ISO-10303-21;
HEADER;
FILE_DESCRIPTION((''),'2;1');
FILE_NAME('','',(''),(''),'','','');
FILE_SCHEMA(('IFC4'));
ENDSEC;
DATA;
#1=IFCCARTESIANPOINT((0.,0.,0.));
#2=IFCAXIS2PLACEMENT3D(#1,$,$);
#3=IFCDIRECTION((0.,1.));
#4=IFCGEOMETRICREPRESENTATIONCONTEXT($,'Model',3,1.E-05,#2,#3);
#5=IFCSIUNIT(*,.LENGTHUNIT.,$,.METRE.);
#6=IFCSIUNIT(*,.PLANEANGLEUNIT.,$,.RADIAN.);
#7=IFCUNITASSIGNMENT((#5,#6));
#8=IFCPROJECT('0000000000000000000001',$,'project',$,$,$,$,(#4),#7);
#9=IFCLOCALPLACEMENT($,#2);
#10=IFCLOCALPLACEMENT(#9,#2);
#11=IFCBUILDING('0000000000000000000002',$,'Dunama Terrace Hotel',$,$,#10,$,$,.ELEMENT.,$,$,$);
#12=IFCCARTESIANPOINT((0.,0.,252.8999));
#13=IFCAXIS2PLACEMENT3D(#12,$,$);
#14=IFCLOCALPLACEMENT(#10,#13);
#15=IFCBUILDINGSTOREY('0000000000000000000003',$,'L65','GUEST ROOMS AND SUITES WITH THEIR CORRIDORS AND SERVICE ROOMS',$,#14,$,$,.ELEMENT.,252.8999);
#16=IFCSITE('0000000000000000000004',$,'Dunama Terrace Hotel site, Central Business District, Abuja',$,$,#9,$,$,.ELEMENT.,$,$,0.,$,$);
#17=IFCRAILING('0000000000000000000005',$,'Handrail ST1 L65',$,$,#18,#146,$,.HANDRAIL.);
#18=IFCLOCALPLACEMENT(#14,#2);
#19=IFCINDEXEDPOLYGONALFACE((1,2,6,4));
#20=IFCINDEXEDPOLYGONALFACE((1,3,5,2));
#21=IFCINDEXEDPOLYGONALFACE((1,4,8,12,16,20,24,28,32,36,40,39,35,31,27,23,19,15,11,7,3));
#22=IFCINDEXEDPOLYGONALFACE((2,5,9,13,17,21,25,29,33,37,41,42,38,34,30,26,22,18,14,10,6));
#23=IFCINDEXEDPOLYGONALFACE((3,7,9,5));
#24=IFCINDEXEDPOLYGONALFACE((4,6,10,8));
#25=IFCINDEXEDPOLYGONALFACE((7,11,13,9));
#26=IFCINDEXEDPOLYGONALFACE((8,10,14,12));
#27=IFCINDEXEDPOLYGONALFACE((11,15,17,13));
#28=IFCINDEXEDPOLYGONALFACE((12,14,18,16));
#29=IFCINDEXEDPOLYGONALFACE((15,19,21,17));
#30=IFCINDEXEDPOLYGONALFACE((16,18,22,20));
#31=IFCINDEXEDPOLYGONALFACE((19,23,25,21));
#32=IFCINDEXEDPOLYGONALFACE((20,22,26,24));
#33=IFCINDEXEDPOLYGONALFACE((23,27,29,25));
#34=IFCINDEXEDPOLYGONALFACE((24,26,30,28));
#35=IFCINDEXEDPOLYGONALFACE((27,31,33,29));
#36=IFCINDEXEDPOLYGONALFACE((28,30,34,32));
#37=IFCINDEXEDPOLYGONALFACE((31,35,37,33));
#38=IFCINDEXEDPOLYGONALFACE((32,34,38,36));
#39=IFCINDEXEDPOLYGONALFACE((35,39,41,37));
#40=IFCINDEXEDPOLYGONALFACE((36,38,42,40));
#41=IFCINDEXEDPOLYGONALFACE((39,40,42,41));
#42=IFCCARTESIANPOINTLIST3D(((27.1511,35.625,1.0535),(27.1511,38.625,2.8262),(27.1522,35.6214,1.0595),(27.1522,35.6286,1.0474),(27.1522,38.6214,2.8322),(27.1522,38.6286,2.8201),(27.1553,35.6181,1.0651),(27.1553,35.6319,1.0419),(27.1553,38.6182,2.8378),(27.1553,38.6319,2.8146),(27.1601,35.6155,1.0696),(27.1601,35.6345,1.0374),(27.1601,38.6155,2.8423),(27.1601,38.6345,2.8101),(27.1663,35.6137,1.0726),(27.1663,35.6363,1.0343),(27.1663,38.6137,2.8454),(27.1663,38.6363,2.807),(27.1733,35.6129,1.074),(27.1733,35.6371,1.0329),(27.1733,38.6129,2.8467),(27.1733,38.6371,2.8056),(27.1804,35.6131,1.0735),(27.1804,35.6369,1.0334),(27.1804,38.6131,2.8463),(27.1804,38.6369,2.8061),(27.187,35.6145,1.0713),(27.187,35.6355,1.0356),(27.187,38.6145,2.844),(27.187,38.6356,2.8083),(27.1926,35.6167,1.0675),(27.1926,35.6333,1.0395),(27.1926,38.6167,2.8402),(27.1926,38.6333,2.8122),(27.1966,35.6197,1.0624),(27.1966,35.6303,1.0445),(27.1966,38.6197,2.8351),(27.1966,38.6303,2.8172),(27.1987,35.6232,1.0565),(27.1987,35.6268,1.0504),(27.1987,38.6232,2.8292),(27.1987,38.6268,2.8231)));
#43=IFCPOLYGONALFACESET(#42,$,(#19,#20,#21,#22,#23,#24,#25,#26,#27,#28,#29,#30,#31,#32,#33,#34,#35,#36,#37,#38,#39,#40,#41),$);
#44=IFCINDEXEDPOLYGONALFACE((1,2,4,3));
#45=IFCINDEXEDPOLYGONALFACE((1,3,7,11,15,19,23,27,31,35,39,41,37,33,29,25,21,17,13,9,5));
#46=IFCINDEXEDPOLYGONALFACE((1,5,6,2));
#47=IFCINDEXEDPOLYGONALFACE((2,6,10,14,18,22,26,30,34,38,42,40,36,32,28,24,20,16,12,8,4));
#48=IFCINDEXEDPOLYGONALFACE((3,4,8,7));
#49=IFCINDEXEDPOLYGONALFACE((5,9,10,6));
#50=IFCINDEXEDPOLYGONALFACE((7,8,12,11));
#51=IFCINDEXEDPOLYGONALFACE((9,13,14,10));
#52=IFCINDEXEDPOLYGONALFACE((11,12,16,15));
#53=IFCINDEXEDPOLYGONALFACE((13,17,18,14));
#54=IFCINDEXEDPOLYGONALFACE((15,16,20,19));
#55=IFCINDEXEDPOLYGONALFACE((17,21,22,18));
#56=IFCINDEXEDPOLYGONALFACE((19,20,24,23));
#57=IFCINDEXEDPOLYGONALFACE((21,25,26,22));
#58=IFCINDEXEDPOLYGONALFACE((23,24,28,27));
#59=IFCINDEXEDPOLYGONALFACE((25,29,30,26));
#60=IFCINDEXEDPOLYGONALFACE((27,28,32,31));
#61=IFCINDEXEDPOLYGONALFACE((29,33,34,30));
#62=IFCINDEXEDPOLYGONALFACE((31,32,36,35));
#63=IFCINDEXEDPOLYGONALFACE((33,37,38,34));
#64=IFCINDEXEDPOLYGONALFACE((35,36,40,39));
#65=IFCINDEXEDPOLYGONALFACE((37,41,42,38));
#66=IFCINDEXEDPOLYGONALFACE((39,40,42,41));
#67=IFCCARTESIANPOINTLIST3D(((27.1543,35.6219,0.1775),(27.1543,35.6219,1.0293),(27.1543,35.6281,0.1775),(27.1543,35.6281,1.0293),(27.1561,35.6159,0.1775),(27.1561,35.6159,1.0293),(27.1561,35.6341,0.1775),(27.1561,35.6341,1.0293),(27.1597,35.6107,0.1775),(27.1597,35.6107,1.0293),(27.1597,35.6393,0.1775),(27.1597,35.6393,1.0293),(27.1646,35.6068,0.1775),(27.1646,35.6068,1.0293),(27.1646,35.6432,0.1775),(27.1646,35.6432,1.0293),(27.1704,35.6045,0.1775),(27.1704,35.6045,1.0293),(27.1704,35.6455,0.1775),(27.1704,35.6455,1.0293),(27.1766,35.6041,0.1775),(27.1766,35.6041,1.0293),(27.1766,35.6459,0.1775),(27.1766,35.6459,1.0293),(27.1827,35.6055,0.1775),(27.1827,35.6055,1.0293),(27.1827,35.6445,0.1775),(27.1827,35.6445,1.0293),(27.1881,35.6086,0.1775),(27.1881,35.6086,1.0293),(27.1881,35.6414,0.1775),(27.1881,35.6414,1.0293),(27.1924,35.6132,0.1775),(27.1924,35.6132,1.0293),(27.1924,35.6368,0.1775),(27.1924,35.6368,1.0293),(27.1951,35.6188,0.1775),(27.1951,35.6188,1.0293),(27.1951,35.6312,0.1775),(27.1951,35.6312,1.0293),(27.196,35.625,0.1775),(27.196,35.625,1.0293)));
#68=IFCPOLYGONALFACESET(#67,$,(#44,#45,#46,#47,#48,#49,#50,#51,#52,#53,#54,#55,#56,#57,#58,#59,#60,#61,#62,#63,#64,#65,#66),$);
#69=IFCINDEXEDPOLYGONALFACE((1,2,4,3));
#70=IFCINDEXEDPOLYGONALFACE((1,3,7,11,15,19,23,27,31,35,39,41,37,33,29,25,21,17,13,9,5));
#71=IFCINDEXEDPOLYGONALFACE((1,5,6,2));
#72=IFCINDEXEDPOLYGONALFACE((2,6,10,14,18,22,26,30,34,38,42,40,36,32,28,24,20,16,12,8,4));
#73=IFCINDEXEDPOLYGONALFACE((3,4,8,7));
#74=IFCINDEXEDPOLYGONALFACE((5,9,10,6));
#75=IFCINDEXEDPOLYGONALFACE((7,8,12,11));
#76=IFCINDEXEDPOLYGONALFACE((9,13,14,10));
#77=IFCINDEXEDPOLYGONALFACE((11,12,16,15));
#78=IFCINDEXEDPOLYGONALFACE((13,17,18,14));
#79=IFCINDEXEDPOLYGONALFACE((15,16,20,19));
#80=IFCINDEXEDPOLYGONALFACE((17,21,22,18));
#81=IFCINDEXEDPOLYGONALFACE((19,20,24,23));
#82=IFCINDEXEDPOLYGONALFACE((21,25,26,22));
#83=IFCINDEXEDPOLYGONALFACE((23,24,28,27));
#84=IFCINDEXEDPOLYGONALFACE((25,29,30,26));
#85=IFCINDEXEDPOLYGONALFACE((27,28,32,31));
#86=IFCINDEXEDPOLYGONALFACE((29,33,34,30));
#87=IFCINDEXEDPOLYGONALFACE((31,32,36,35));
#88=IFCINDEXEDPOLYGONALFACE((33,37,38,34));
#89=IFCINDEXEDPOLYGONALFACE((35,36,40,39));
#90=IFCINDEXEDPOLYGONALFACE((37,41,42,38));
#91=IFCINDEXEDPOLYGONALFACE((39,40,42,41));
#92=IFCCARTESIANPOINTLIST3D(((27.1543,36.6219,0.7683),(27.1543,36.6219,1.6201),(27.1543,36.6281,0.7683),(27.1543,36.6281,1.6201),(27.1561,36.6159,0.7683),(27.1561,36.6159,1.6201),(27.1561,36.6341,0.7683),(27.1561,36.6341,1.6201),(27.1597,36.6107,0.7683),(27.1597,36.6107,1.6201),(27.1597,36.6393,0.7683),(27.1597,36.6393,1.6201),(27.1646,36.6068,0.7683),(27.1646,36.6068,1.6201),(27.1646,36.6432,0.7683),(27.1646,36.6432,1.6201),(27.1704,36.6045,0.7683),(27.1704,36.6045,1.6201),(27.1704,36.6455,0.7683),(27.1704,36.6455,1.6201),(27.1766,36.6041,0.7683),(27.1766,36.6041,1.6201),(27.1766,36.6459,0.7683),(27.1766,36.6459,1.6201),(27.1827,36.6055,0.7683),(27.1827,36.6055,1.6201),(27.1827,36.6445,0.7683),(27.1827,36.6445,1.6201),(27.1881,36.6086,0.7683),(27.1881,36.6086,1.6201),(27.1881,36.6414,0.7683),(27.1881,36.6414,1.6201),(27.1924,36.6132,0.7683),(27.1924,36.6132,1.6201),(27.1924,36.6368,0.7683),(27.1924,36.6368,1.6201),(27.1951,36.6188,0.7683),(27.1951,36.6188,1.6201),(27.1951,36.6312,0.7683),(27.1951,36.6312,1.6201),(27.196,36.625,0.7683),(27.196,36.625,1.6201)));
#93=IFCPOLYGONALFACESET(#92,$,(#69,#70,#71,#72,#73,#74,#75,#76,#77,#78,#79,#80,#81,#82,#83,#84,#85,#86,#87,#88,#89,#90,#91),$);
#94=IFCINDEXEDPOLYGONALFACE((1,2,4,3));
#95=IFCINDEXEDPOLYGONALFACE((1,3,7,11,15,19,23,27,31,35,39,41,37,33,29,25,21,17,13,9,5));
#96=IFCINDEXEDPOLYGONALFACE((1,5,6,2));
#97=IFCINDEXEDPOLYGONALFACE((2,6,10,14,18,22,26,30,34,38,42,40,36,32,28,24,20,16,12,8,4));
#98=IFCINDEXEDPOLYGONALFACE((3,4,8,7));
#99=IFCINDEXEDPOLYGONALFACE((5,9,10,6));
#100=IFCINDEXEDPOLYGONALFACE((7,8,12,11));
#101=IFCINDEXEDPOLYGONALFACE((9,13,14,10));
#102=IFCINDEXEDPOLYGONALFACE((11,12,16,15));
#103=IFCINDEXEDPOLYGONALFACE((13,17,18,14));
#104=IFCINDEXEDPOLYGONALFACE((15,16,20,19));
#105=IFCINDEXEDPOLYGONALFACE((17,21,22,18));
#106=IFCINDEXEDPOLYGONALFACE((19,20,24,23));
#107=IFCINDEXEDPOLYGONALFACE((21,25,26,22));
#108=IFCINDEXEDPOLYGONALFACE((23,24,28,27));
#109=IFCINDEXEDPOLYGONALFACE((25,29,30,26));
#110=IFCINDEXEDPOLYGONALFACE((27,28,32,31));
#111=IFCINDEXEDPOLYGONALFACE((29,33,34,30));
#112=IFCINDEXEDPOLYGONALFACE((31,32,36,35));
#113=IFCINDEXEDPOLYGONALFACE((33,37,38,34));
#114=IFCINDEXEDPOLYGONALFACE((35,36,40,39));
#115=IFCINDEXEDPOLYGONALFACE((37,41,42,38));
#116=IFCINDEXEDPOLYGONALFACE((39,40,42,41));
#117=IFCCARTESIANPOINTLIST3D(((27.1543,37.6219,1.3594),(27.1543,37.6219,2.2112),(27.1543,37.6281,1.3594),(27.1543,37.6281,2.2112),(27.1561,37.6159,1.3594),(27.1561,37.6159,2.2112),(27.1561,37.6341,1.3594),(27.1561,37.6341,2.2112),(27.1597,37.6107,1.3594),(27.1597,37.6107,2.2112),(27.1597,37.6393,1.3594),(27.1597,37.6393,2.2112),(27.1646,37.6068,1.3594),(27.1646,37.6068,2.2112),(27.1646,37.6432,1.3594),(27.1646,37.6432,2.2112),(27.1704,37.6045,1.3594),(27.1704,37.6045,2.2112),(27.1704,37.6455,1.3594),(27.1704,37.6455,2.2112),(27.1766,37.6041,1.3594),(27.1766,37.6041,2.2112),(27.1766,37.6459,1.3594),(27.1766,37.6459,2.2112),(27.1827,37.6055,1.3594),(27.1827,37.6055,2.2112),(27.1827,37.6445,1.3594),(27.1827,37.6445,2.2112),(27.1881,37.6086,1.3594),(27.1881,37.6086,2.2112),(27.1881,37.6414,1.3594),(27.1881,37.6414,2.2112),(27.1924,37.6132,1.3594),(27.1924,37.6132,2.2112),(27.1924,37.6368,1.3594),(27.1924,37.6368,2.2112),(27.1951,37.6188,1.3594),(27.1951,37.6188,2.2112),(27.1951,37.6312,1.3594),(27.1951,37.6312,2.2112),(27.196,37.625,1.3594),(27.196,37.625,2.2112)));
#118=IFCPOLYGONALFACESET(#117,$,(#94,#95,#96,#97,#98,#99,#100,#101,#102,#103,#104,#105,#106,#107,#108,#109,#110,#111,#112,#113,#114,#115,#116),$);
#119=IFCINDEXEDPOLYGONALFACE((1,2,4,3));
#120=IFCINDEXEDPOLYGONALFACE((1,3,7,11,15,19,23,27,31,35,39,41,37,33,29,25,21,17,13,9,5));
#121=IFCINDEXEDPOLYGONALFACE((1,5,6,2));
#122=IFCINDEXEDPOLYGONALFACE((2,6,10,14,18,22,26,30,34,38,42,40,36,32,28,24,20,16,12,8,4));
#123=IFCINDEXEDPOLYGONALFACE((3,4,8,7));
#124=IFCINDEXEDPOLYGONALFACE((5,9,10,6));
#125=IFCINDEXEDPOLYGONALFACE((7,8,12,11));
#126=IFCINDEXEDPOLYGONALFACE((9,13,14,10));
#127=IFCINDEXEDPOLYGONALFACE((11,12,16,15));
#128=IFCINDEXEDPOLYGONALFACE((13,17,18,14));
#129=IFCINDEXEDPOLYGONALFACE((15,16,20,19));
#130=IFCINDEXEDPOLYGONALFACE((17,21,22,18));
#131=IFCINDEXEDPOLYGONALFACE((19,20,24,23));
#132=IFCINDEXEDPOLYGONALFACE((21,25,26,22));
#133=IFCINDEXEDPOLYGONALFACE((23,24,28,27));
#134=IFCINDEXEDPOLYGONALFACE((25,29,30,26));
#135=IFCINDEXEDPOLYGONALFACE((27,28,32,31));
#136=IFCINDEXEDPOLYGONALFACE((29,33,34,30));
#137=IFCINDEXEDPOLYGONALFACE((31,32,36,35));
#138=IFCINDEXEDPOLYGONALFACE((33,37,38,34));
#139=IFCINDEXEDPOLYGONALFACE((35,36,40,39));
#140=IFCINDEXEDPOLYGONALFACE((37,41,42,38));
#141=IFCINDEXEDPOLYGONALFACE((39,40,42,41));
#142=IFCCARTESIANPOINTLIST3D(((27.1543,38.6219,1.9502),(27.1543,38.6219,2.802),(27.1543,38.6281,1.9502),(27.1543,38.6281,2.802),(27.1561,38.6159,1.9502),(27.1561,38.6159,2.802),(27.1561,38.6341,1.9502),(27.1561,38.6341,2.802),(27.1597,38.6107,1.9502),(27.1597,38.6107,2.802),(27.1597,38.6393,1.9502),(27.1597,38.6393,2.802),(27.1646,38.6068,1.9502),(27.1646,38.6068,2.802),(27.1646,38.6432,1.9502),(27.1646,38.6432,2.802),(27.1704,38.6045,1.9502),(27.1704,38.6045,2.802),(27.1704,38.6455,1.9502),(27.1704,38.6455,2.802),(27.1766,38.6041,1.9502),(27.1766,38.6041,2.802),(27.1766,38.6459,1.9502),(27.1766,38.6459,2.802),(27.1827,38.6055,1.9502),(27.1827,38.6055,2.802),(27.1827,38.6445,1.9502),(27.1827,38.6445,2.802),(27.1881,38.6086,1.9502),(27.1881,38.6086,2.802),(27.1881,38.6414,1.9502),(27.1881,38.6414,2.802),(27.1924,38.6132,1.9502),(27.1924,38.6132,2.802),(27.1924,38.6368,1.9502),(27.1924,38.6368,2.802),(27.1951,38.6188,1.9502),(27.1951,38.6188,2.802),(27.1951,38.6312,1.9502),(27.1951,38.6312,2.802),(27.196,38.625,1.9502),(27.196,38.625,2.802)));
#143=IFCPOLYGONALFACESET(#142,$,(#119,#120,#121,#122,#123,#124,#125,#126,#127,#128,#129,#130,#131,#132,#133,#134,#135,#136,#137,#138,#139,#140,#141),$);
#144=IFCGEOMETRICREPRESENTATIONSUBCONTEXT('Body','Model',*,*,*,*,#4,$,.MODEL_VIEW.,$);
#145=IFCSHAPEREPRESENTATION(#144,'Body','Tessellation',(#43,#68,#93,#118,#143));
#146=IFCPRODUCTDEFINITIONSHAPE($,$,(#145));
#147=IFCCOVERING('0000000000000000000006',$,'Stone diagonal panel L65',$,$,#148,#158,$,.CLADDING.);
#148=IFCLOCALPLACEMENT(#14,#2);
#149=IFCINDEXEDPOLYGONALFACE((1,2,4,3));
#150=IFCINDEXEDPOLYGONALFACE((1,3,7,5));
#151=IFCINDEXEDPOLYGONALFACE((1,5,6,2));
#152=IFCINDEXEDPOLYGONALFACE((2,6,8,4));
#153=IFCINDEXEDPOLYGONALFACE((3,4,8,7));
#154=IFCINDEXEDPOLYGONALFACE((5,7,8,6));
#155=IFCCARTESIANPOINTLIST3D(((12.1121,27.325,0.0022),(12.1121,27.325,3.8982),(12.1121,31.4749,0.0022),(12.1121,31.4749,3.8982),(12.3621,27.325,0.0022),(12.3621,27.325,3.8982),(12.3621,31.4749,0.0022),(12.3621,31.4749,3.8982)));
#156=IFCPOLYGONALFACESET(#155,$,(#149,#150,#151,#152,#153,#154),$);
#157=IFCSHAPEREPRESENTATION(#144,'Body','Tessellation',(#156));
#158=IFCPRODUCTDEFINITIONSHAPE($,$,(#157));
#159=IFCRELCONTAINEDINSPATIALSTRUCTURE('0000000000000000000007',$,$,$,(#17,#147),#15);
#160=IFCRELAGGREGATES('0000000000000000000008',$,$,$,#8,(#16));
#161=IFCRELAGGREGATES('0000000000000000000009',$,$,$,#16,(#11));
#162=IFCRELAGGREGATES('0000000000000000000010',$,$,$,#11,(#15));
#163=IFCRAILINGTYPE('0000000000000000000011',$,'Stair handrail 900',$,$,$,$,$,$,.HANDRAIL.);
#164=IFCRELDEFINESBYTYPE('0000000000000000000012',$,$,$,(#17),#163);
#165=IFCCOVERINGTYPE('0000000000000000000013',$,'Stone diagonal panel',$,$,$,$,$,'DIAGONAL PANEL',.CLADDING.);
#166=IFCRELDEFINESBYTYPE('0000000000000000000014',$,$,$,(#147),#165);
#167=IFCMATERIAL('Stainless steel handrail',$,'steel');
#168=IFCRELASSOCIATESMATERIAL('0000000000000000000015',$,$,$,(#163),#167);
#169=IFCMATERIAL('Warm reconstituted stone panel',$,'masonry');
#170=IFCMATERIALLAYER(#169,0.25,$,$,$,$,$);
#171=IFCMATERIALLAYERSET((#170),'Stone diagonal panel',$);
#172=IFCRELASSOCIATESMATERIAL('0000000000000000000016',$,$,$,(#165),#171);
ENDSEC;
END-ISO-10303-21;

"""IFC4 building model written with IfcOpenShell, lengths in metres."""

from ifc_helpers import new_model, si_unit, direction, frame, origin, origin_2d, place, context, subcontext, project, spatial, rectangle, circle, extrude, material, layer, layer_set, type_object, element, save


model = new_model("IFC4")

# Units and contexts
model_context = context("Model", 3, precision=1e-05, world=origin(), true_north=direction((0.0, 1.0)))
body_context = subcontext(model_context, "Body", "Model", "MODEL_VIEW")
ifc_project = project(units=[si_unit("LENGTHUNIT", "METRE"), si_unit("PLANEANGLEUNIT", "RADIAN")], contexts=[model_context])

# Site, building, storey
site_placement = place(None, origin())
site = spatial("IfcSite", under=ifc_project, at=site_placement, Name="Dunama Terrace Hotel site, Central Business District, Abuja", CompositionType="ELEMENT", RefElevation=0.0)
building_placement = place(site_placement, origin())
building = spatial("IfcBuilding", under=site, at=building_placement, Name="Dunama Terrace Hotel", CompositionType="ELEMENT")
storey_placement = place(building_placement, frame((0.0, 0.0, 252.8999)))
storey = spatial("IfcBuildingStorey", under=building, at=storey_placement, Name="L65", Description="GUEST ROOMS AND SUITES WITH THEIR CORRIDORS AND SERVICE ROOMS", CompositionType="ELEMENT", Elevation=252.8999)

# Railing
ifc_material_1 = material(Name="Stainless steel handrail", Category="steel")
railing_type = type_object("IfcRailingType", Name="Stair handrail 900", PredefinedType="HANDRAIL", material=ifc_material_1)
railing_placement = place(storey_placement, frame((27.175, 35.625, 0.1775)))
element("IfcRailing", 1, at=railing_placement, inside=storey, type_object=railing_type, Name="Handrail ST1 L65", PredefinedType="HANDRAIL", context=body_context, shape_type="SweptSolid", body=[
    extrude(circle(Radius=0.0239, at=origin_2d()), frame((0.0, 0.0, 0.876), z_axis=(0.0, 0.860929, 0.508725), x_axis=(-1.0, 0.0, 0.0)), (0.0, 0.0, 1.0), 3.4846),
    extrude(circle(Radius=0.021, at=origin_2d()), origin(), (0.0, 0.0, 1.0), 0.8518),
    extrude(circle(Radius=0.021, at=origin_2d()), frame((0.0, 1.0, 0.5908)), (0.0, 0.0, 1.0), 0.8518),
    extrude(circle(Radius=0.021, at=origin_2d()), frame((0.0, 2.0, 1.1819)), (0.0, 0.0, 1.0), 0.8518),
    extrude(circle(Radius=0.021, at=origin_2d()), frame((0.0, 3.0, 1.7727)), (0.0, 0.0, 1.0), 0.8518),
])

# Covering
ifc_material_2 = material(Name="Warm reconstituted stone panel", Category="masonry")
ifc_layer_1 = layer(ifc_material_2, 0.25)
ifc_layer_set_1 = layer_set([ifc_layer_1], Name="Stone diagonal panel")
covering_type = type_object("IfcCoveringType", Name="Stone diagonal panel", ElementType="DIAGONAL PANEL", PredefinedType="CLADDING", material=ifc_layer_set_1)
covering_placement = place(storey_placement, frame((12.2371, 29.3999, 0.0022), z_axis=(0.0, 0.0, 1.0), x_axis=(0.0, -1.0, 0.0)))
element("IfcCovering", 2, at=covering_placement, inside=storey, type_object=covering_type, Name="Stone diagonal panel L65", PredefinedType="CLADDING", context=body_context, shape_type="SweptSolid", body=[
    extrude(rectangle(XDim=4.1499, YDim=0.25, at=origin_2d()), origin(), (0.0, 0.0, 1.0), 3.896),
])

save(model, "model.ifc")
